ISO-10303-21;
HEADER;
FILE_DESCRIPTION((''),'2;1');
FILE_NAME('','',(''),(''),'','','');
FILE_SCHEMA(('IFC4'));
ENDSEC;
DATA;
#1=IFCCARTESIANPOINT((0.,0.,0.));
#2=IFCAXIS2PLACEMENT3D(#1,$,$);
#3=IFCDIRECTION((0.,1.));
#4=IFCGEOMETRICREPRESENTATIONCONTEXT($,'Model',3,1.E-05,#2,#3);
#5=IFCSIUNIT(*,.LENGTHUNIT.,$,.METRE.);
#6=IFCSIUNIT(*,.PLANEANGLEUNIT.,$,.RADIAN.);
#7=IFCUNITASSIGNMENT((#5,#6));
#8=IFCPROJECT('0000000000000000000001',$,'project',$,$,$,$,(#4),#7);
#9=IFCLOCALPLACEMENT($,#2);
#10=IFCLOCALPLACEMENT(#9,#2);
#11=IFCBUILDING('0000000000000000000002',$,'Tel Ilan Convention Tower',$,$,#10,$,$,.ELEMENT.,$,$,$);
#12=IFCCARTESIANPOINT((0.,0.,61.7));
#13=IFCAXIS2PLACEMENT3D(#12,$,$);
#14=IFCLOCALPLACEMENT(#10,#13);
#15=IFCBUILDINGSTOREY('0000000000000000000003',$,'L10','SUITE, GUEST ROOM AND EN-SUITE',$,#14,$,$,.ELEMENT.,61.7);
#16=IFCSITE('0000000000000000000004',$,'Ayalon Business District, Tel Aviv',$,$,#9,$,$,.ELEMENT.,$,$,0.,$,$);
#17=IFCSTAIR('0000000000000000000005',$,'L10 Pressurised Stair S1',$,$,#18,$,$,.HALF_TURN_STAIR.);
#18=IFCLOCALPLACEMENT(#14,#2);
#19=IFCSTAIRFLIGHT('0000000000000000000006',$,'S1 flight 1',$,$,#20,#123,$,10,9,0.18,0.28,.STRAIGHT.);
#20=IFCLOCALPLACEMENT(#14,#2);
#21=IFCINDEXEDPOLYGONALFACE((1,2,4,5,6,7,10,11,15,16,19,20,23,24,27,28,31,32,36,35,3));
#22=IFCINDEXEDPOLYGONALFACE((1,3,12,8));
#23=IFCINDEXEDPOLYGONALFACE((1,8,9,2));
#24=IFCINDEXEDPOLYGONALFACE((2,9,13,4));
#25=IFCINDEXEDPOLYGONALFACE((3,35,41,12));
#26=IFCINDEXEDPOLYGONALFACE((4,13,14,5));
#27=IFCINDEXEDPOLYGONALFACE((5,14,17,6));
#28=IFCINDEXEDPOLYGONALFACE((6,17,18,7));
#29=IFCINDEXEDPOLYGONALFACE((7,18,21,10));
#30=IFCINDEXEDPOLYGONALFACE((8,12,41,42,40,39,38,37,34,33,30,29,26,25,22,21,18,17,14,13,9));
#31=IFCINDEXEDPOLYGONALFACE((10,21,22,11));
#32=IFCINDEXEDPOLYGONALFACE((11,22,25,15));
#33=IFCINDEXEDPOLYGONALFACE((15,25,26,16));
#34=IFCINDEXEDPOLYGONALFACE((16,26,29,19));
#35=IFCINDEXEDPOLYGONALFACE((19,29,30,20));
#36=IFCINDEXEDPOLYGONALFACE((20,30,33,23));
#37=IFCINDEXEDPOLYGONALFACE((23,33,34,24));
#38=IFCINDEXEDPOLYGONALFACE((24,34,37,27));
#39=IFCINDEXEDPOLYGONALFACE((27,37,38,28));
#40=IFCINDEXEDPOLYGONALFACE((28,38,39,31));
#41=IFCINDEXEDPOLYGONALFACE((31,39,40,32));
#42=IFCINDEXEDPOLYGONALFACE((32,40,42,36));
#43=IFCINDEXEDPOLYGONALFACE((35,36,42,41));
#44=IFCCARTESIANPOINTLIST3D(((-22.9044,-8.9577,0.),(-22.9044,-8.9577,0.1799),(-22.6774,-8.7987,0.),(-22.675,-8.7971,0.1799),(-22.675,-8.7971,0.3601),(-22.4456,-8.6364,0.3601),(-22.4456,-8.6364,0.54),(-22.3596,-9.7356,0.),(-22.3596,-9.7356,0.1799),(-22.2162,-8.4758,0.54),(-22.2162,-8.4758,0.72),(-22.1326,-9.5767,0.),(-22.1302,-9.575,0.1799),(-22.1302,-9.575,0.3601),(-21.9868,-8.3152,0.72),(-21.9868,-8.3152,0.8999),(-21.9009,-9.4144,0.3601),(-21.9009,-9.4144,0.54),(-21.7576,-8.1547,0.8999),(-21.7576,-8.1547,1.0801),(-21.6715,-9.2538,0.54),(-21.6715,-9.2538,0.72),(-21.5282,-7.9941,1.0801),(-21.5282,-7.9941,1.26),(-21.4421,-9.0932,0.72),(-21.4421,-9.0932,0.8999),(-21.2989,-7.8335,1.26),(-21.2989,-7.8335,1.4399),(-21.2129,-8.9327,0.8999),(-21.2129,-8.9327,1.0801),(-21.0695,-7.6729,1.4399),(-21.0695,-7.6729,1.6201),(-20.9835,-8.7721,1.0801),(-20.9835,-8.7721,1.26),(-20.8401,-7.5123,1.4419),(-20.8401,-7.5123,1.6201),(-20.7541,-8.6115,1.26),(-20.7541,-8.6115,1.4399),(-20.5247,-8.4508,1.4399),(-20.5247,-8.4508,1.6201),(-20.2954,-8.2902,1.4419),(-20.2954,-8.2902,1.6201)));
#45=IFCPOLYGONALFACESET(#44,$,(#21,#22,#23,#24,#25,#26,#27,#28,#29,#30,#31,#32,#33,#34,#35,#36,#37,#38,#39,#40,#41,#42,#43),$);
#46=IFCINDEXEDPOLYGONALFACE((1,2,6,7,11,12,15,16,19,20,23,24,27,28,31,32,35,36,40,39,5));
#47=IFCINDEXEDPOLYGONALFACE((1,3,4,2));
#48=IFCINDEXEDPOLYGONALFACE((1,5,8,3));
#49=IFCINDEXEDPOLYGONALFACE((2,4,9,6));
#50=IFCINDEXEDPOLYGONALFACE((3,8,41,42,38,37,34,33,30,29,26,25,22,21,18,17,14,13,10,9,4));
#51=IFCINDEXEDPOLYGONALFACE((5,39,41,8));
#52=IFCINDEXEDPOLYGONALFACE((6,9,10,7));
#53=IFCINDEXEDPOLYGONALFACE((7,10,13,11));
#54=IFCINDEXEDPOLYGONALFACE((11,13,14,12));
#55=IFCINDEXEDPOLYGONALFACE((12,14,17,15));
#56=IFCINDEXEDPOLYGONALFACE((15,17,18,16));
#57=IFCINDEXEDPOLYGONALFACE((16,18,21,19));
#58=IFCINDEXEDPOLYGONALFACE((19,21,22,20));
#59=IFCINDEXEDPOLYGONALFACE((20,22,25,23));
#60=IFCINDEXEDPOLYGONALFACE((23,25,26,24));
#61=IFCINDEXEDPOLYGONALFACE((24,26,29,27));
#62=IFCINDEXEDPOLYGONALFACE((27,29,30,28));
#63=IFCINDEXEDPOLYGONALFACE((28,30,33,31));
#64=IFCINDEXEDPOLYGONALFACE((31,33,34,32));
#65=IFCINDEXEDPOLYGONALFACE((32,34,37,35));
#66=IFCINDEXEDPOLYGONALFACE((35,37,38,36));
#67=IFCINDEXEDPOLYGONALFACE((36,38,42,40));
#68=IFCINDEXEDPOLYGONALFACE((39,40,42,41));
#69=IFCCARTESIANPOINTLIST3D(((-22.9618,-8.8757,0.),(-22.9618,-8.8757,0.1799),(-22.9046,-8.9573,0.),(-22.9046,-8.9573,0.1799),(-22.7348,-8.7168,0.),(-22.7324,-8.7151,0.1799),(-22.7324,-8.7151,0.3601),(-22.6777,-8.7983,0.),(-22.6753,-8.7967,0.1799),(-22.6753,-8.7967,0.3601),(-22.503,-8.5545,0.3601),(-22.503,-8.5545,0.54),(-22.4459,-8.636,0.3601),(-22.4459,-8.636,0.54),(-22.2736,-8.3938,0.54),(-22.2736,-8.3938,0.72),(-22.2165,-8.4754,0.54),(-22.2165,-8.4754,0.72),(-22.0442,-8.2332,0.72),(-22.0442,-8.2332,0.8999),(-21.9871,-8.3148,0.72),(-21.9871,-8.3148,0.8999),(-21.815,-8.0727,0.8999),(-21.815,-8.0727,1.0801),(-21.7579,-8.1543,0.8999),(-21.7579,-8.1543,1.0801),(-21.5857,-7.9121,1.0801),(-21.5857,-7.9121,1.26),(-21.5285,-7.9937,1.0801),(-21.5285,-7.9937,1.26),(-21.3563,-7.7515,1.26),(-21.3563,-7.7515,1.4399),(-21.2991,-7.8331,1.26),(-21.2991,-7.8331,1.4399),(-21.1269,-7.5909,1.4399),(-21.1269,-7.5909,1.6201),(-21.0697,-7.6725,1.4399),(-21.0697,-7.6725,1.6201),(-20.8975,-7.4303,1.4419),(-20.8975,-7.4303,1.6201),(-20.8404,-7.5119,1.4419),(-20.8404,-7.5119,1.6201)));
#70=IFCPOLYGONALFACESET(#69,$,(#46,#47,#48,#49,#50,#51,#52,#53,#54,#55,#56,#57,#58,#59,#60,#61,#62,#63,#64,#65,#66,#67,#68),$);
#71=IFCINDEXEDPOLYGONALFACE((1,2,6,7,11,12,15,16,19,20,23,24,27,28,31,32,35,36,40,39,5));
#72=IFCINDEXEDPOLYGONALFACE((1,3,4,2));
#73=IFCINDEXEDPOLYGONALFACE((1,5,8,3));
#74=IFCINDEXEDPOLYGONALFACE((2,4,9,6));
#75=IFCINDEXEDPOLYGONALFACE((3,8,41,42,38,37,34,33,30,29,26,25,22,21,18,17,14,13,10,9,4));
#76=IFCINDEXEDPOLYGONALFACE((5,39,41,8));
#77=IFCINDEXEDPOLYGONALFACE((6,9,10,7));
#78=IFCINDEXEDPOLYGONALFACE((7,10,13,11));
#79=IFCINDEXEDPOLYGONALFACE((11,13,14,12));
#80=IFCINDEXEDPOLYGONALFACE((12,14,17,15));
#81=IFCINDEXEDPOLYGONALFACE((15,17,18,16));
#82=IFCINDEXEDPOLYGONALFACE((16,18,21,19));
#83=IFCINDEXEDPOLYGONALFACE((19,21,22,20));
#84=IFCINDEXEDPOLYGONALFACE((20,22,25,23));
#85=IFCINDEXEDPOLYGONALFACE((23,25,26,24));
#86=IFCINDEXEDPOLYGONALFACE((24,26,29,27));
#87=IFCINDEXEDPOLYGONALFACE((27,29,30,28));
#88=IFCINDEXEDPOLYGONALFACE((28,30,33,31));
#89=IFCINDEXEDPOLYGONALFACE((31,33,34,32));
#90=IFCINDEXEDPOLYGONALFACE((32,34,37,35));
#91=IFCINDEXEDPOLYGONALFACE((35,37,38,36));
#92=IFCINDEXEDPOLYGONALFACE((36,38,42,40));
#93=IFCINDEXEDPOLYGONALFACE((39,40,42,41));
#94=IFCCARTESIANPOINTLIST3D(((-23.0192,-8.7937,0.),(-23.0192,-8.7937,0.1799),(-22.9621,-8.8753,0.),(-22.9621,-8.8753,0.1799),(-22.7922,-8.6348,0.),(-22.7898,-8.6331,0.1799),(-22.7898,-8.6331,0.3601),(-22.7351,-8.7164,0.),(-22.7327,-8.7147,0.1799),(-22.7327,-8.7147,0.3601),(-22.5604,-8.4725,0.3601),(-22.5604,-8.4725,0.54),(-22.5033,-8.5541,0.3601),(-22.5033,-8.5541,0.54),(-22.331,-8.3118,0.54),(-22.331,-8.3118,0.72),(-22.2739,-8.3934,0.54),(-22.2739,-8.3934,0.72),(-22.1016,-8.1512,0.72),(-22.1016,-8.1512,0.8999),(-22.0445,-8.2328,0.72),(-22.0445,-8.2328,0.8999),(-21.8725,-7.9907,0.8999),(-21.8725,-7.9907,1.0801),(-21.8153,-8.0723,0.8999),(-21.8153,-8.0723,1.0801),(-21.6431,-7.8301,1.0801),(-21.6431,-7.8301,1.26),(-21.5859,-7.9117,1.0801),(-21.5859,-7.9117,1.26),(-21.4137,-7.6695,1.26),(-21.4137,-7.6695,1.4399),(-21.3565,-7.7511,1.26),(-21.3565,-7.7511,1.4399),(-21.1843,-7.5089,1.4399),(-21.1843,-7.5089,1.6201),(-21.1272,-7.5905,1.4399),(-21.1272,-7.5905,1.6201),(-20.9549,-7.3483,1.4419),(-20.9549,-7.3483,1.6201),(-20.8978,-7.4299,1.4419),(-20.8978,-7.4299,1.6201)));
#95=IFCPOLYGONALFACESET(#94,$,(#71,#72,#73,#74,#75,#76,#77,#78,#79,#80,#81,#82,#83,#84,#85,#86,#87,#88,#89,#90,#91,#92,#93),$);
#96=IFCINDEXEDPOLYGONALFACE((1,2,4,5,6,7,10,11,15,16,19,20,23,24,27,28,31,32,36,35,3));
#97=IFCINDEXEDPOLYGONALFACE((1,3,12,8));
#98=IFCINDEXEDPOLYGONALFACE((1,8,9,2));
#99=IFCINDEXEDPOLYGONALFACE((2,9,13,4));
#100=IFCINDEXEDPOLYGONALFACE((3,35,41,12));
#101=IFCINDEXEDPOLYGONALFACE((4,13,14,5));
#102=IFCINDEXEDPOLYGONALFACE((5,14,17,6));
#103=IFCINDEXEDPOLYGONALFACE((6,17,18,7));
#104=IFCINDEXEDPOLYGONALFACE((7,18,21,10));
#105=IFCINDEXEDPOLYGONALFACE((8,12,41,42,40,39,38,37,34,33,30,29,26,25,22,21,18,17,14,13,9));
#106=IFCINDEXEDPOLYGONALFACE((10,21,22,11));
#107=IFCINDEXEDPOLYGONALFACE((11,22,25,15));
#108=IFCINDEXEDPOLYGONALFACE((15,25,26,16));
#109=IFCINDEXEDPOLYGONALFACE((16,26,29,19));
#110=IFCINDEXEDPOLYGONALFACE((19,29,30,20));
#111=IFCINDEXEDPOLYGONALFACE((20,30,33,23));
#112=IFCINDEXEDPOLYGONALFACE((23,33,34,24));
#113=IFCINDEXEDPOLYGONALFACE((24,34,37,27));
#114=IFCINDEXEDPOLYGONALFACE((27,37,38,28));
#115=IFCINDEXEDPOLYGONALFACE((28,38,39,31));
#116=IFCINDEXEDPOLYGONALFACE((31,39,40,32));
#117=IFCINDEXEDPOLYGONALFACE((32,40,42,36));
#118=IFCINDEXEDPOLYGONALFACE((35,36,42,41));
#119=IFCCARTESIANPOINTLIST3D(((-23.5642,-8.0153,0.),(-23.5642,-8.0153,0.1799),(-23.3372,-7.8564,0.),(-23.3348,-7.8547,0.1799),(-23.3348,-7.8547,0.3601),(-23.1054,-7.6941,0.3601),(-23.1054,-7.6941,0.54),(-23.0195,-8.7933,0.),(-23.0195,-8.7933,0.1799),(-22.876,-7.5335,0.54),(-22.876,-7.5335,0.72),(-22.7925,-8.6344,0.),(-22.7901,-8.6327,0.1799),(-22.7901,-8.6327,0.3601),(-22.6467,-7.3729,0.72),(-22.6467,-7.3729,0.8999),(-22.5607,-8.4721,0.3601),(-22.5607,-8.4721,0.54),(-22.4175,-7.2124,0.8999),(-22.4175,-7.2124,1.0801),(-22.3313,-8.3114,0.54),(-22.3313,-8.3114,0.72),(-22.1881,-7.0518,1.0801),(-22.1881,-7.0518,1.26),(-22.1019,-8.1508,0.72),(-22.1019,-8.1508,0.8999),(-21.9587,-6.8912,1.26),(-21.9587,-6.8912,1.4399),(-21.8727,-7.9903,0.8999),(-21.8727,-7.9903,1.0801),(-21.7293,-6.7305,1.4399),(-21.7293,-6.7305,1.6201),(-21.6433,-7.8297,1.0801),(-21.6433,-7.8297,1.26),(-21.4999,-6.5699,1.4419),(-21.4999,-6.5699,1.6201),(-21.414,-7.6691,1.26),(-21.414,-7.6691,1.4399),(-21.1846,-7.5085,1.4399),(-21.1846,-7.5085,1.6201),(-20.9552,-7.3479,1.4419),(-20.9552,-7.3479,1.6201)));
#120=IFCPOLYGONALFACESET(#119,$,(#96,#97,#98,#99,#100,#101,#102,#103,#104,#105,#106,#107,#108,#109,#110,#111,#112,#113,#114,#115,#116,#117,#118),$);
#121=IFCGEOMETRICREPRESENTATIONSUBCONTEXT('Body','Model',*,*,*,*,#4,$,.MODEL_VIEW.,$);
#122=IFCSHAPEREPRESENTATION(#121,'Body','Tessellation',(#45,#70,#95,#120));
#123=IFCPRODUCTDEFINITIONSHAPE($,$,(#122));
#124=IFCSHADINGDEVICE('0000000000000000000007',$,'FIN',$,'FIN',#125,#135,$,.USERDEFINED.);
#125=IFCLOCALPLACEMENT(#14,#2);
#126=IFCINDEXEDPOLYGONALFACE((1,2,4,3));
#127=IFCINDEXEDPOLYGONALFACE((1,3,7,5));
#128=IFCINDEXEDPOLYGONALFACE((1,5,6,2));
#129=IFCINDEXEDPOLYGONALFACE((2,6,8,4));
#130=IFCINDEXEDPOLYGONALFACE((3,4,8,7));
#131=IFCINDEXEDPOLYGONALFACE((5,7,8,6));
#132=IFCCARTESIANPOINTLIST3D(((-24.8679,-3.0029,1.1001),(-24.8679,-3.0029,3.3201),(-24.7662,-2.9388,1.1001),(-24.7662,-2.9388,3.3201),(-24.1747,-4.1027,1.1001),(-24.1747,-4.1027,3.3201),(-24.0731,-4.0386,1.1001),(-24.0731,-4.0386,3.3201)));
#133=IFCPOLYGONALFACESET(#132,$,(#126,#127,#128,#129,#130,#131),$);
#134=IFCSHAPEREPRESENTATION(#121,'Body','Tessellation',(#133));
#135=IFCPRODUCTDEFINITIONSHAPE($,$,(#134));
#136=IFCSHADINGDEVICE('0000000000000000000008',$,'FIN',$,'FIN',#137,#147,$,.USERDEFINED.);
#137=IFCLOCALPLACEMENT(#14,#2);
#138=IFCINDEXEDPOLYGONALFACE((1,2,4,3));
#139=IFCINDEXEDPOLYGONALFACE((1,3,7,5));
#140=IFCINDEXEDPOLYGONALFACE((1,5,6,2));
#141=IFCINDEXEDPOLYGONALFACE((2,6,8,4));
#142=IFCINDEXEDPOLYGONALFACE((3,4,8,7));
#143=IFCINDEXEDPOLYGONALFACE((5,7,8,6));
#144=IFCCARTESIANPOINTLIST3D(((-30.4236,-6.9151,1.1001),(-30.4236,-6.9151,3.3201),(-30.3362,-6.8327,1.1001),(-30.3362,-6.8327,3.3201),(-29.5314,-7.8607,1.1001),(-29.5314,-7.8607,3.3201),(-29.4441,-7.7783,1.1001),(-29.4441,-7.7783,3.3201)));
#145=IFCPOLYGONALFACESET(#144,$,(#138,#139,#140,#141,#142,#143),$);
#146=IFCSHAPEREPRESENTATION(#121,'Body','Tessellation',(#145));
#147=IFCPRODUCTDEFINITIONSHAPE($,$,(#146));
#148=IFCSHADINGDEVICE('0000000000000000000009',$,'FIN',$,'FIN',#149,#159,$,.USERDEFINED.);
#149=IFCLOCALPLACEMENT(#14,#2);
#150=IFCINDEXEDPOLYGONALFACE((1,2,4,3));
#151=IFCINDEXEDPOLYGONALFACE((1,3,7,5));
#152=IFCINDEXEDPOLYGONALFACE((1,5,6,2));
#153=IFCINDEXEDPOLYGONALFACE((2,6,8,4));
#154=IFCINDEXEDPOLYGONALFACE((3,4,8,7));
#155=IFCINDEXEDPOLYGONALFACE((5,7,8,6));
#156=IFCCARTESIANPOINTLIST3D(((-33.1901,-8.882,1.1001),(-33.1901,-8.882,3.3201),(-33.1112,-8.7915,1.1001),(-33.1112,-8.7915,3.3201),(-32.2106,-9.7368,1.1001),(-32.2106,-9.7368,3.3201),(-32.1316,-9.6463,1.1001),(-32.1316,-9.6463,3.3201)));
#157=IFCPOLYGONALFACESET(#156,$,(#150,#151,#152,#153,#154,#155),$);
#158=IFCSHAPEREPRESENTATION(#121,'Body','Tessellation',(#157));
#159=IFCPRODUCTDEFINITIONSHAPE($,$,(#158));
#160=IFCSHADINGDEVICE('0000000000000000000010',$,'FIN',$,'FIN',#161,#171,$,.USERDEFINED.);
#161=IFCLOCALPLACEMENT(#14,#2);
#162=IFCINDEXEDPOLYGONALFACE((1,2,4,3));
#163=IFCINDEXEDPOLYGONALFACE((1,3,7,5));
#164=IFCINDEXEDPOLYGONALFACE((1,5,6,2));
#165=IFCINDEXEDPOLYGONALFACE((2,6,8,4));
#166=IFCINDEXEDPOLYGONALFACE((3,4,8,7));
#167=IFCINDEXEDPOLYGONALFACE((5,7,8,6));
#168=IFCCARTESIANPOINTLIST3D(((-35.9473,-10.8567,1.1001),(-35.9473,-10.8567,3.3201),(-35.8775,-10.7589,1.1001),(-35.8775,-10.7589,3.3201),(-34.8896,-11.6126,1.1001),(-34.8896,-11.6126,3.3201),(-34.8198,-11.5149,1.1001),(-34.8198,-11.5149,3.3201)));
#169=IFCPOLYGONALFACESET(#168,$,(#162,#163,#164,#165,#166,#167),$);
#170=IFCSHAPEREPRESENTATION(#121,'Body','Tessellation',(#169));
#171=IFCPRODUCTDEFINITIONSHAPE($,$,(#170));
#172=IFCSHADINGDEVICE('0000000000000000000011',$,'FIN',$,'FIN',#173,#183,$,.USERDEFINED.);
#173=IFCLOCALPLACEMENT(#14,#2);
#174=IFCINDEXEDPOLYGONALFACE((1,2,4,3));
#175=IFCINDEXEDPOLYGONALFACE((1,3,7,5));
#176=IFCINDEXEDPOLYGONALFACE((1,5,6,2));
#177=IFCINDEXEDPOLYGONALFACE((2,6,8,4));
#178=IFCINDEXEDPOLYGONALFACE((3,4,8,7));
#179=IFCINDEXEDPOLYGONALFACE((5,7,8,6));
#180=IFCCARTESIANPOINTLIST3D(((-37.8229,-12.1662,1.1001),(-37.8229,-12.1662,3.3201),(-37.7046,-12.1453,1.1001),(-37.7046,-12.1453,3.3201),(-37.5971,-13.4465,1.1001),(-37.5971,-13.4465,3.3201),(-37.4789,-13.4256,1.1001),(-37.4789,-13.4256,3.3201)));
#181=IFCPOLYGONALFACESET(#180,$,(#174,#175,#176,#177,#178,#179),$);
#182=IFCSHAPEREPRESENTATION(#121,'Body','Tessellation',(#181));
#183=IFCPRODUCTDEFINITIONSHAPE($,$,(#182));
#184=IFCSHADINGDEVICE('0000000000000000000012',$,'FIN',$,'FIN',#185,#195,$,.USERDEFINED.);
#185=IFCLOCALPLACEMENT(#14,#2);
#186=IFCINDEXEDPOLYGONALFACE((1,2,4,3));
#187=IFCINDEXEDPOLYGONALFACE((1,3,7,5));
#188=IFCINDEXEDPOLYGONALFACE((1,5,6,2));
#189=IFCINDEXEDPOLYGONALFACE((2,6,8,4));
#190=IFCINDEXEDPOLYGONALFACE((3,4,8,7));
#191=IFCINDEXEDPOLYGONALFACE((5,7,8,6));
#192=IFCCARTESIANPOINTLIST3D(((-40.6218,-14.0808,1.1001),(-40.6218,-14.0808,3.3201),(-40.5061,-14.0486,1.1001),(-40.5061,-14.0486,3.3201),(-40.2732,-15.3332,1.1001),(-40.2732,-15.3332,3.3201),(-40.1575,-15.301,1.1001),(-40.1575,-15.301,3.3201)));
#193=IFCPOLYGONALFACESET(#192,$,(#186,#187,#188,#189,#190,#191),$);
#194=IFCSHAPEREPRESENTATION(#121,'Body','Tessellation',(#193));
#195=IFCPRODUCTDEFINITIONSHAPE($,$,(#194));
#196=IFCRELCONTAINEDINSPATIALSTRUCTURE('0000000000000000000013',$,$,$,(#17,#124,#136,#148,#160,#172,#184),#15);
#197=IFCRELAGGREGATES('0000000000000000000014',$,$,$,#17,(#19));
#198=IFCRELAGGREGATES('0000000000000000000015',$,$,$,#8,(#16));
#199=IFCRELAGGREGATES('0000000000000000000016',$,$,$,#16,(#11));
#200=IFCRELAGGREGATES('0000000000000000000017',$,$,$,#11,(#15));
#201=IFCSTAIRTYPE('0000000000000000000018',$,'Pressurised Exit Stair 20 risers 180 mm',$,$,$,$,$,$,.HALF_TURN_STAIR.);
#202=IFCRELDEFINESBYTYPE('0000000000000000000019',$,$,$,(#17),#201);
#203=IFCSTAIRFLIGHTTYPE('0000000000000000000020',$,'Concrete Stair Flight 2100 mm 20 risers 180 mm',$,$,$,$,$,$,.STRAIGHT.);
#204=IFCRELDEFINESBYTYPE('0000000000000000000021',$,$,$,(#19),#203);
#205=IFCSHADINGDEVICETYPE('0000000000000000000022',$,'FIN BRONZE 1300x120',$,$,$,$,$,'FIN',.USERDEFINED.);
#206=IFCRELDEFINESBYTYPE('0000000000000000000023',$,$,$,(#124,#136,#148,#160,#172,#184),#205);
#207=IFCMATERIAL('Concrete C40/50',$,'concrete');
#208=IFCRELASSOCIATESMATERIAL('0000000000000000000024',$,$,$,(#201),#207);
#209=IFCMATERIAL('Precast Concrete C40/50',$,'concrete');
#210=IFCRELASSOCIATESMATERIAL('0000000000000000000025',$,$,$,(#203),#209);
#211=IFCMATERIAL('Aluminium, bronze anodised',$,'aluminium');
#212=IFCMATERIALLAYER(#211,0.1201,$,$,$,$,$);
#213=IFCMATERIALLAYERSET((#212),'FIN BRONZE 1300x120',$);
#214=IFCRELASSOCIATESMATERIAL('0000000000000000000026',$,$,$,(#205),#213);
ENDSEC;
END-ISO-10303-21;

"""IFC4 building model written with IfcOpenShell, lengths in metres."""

from ifc_helpers import new_model, si_unit, direction, frame, origin, origin_2d, place, context, subcontext, project, spatial, polyline, rectangle, outline, extrude, material, layer, layer_set, type_object, element, aggregate, save


model = new_model("IFC4")

# Units and contexts
model_context = context("Model", 3, precision=1e-05, world=origin(), true_north=direction((0.0, 1.0)))
body_context = subcontext(model_context, "Body", "Model", "MODEL_VIEW")
ifc_project = project(units=[si_unit("LENGTHUNIT", "METRE"), si_unit("PLANEANGLEUNIT", "RADIAN")], contexts=[model_context])

# Site, building, storey
site_placement = place(None, origin())
site = spatial("IfcSite", under=ifc_project, at=site_placement, Name="Ayalon Business District, Tel Aviv", CompositionType="ELEMENT", RefElevation=0.0)
building_placement = place(site_placement, origin())
building = spatial("IfcBuilding", under=site, at=building_placement, Name="Tel Ilan Convention Tower", CompositionType="ELEMENT")
storey_placement = place(building_placement, frame((0.0, 0.0, 61.7)))
storey = spatial("IfcBuildingStorey", under=building, at=storey_placement, Name="L10", Description="SUITE, GUEST ROOM AND EN-SUITE", CompositionType="ELEMENT", Elevation=61.7)

# Stair, stair flight
ifc_material_1 = material(Name="Concrete C40/50", Category="concrete")
stair_type = type_object("IfcStairType", Name="Pressurised Exit Stair 20 risers 180 mm", PredefinedType="HALF_TURN_STAIR", material=ifc_material_1)
stair_placement = place(storey_placement, origin())
stair = element("IfcStair", 1, at=stair_placement, inside=storey, type_object=stair_type, Name="L10 Pressurised Stair S1", PredefinedType="HALF_TURN_STAIR")
ifc_material_2 = material(Name="Precast Concrete C40/50", Category="concrete")
stair_flight_type = type_object("IfcStairFlightType", Name="Concrete Stair Flight 2100 mm 20 risers 180 mm", PredefinedType="STRAIGHT", material=ifc_material_2)
stair_flight_placement = place(storey_placement, frame((-22.9619, -8.8755, 0.0), z_axis=(0.0, 0.0, 1.0), x_axis=(0.819152, 0.573576, 0.0)))
stair_flight = element("IfcStairFlight", 2, at=stair_flight_placement, type_object=stair_flight_type, Name="S1 flight 1", NumberOfRisers=10, NumberOfTreads=9, PredefinedType="STRAIGHT", RiserHeight=0.18, TreadLength=0.28, context=body_context, shape_type="SweptSolid", body=[
    extrude(outline(polyline([(0.0, 0.0), (0.0, 0.1799), (0.28, 0.1799), (0.28, 0.3601), (0.5601, 0.3601), (0.5601, 0.54), (0.8401, 0.54), (0.8401, 0.72), (1.1201, 0.72), (1.1201, 0.8999), (1.3999, 0.8999), (1.3999, 1.0801), (1.6799, 1.0801), (1.6799, 1.26), (1.96, 1.26), (1.96, 1.4399), (2.24, 1.4399), (2.24, 1.6201), (2.52, 1.6201), (2.52, 1.8), (2.52, 1.4419), (0.2771, 0.0), (0.0, 0.0)])), frame((0.0, -0.1003, 0.0), z_axis=(0.0, -1.0, 0.0), x_axis=(1.0, 0.0, 0.0)), (0.0, 0.0, 1.0), 0.9497),
    extrude(outline(polyline([(0.0, 0.0), (0.0, 0.1799), (0.28, 0.1799), (0.28, 0.3601), (0.5601, 0.3601), (0.5601, 0.54), (0.8401, 0.54), (0.8401, 0.72), (1.1201, 0.72), (1.1201, 0.8999), (1.3999, 0.8999), (1.3999, 1.0801), (1.6799, 1.0801), (1.6799, 1.26), (1.96, 1.26), (1.96, 1.4399), (2.24, 1.4399), (2.24, 1.6201), (2.52, 1.6201), (2.52, 1.8), (2.52, 1.4419), (0.2771, 0.0), (0.0, 0.0)])), frame((0.0, -0.0002, 0.0), z_axis=(0.0, -1.0, 0.0), x_axis=(1.0, 0.0, 0.0)), (0.0, 0.0, 1.0), 0.0996),
    extrude(outline(polyline([(0.0, 0.0), (0.0, 0.1799), (0.28, 0.1799), (0.28, 0.3601), (0.5601, 0.3601), (0.5601, 0.54), (0.8401, 0.54), (0.8401, 0.72), (1.1201, 0.72), (1.1201, 0.8999), (1.3999, 0.8999), (1.3999, 1.0801), (1.6799, 1.0801), (1.6799, 1.26), (1.96, 1.26), (1.96, 1.4399), (2.24, 1.4399), (2.24, 1.6201), (2.52, 1.6201), (2.52, 1.8), (2.52, 1.4419), (0.2771, 0.0), (0.0, 0.0)])), frame((0.0, 0.0999, 0.0), z_axis=(0.0, -1.0, 0.0), x_axis=(1.0, 0.0, 0.0)), (0.0, 0.0, 1.0), 0.0996),
    extrude(outline(polyline([(0.0, 0.0), (0.0, 0.1799), (0.28, 0.1799), (0.28, 0.3601), (0.5601, 0.3601), (0.5601, 0.54), (0.8401, 0.54), (0.8401, 0.72), (1.1201, 0.72), (1.1201, 0.8999), (1.3999, 0.8999), (1.3999, 1.0801), (1.6799, 1.0801), (1.6799, 1.26), (1.96, 1.26), (1.96, 1.4399), (2.24, 1.4399), (2.24, 1.6201), (2.52, 1.6201), (2.52, 1.8), (2.52, 1.4419), (0.2771, 0.0), (0.0, 0.0)])), frame((0.0, 1.05, 0.0), z_axis=(0.0, -1.0, 0.0), x_axis=(1.0, 0.0, 0.0)), (0.0, 0.0, 1.0), 0.9497),
])
aggregate(stair, [stair_flight])

# Shading devices
ifc_material_3 = material(Name="Aluminium, bronze anodised", Category="aluminium")
ifc_layer_1 = layer(ifc_material_3, 0.1201)
ifc_layer_set_1 = layer_set([ifc_layer_1], Name="FIN BRONZE 1300x120")
shading_device_type = type_object("IfcShadingDeviceType", Name="FIN BRONZE 1300x120", ElementType="FIN", PredefinedType="USERDEFINED", material=ifc_layer_set_1)
for number, where, z_axis, x_axis, name in (
    (3, (-24.4705, -3.5208, 1.1001), (0.0, 0.0, 1.0), (-0.533204, 0.845986, 0.0), "FIN"),
    (4, (-29.9338, -7.3467, 1.1001), (0.0, 0.0, 1.0), (-0.686242, 0.727374, 0.0), "FIN"),
    (5, (-32.6609, -9.2642, 1.1001), (0.0, 0.0, 1.0), (-0.753436, 0.657521, 0.0), "FIN"),
    (6, (-35.3835, -11.1858, 1.1001), (0.0, 0.0, 1.0), (-0.813552, 0.581492, 0.0), "FIN"),
    (7, (-37.6509, -12.7959, 1.1001), (0.0, 0.0, 1.0), (-0.173648, 0.984808, 0.0), "FIN"),
    (8, (-40.3896, -14.6909, 1.1001), (0.0, 0.0, 1.0), (-0.268173, 0.963371, 0.0), "FIN"),
):
    element("IfcShadingDevice", number, at=place(storey_placement, frame(where, z_axis=z_axis, x_axis=x_axis)), inside=storey, type_object=shading_device_type, Name=name, ObjectType="FIN", PredefinedType="USERDEFINED", context=body_context, shape_type="SweptSolid", body=[
        extrude(rectangle(XDim=1.3, YDim=0.1201, at=origin_2d()), origin(), (0.0, 0.0, 1.0), 2.22),
    ])

save(model, "model.ifc")
